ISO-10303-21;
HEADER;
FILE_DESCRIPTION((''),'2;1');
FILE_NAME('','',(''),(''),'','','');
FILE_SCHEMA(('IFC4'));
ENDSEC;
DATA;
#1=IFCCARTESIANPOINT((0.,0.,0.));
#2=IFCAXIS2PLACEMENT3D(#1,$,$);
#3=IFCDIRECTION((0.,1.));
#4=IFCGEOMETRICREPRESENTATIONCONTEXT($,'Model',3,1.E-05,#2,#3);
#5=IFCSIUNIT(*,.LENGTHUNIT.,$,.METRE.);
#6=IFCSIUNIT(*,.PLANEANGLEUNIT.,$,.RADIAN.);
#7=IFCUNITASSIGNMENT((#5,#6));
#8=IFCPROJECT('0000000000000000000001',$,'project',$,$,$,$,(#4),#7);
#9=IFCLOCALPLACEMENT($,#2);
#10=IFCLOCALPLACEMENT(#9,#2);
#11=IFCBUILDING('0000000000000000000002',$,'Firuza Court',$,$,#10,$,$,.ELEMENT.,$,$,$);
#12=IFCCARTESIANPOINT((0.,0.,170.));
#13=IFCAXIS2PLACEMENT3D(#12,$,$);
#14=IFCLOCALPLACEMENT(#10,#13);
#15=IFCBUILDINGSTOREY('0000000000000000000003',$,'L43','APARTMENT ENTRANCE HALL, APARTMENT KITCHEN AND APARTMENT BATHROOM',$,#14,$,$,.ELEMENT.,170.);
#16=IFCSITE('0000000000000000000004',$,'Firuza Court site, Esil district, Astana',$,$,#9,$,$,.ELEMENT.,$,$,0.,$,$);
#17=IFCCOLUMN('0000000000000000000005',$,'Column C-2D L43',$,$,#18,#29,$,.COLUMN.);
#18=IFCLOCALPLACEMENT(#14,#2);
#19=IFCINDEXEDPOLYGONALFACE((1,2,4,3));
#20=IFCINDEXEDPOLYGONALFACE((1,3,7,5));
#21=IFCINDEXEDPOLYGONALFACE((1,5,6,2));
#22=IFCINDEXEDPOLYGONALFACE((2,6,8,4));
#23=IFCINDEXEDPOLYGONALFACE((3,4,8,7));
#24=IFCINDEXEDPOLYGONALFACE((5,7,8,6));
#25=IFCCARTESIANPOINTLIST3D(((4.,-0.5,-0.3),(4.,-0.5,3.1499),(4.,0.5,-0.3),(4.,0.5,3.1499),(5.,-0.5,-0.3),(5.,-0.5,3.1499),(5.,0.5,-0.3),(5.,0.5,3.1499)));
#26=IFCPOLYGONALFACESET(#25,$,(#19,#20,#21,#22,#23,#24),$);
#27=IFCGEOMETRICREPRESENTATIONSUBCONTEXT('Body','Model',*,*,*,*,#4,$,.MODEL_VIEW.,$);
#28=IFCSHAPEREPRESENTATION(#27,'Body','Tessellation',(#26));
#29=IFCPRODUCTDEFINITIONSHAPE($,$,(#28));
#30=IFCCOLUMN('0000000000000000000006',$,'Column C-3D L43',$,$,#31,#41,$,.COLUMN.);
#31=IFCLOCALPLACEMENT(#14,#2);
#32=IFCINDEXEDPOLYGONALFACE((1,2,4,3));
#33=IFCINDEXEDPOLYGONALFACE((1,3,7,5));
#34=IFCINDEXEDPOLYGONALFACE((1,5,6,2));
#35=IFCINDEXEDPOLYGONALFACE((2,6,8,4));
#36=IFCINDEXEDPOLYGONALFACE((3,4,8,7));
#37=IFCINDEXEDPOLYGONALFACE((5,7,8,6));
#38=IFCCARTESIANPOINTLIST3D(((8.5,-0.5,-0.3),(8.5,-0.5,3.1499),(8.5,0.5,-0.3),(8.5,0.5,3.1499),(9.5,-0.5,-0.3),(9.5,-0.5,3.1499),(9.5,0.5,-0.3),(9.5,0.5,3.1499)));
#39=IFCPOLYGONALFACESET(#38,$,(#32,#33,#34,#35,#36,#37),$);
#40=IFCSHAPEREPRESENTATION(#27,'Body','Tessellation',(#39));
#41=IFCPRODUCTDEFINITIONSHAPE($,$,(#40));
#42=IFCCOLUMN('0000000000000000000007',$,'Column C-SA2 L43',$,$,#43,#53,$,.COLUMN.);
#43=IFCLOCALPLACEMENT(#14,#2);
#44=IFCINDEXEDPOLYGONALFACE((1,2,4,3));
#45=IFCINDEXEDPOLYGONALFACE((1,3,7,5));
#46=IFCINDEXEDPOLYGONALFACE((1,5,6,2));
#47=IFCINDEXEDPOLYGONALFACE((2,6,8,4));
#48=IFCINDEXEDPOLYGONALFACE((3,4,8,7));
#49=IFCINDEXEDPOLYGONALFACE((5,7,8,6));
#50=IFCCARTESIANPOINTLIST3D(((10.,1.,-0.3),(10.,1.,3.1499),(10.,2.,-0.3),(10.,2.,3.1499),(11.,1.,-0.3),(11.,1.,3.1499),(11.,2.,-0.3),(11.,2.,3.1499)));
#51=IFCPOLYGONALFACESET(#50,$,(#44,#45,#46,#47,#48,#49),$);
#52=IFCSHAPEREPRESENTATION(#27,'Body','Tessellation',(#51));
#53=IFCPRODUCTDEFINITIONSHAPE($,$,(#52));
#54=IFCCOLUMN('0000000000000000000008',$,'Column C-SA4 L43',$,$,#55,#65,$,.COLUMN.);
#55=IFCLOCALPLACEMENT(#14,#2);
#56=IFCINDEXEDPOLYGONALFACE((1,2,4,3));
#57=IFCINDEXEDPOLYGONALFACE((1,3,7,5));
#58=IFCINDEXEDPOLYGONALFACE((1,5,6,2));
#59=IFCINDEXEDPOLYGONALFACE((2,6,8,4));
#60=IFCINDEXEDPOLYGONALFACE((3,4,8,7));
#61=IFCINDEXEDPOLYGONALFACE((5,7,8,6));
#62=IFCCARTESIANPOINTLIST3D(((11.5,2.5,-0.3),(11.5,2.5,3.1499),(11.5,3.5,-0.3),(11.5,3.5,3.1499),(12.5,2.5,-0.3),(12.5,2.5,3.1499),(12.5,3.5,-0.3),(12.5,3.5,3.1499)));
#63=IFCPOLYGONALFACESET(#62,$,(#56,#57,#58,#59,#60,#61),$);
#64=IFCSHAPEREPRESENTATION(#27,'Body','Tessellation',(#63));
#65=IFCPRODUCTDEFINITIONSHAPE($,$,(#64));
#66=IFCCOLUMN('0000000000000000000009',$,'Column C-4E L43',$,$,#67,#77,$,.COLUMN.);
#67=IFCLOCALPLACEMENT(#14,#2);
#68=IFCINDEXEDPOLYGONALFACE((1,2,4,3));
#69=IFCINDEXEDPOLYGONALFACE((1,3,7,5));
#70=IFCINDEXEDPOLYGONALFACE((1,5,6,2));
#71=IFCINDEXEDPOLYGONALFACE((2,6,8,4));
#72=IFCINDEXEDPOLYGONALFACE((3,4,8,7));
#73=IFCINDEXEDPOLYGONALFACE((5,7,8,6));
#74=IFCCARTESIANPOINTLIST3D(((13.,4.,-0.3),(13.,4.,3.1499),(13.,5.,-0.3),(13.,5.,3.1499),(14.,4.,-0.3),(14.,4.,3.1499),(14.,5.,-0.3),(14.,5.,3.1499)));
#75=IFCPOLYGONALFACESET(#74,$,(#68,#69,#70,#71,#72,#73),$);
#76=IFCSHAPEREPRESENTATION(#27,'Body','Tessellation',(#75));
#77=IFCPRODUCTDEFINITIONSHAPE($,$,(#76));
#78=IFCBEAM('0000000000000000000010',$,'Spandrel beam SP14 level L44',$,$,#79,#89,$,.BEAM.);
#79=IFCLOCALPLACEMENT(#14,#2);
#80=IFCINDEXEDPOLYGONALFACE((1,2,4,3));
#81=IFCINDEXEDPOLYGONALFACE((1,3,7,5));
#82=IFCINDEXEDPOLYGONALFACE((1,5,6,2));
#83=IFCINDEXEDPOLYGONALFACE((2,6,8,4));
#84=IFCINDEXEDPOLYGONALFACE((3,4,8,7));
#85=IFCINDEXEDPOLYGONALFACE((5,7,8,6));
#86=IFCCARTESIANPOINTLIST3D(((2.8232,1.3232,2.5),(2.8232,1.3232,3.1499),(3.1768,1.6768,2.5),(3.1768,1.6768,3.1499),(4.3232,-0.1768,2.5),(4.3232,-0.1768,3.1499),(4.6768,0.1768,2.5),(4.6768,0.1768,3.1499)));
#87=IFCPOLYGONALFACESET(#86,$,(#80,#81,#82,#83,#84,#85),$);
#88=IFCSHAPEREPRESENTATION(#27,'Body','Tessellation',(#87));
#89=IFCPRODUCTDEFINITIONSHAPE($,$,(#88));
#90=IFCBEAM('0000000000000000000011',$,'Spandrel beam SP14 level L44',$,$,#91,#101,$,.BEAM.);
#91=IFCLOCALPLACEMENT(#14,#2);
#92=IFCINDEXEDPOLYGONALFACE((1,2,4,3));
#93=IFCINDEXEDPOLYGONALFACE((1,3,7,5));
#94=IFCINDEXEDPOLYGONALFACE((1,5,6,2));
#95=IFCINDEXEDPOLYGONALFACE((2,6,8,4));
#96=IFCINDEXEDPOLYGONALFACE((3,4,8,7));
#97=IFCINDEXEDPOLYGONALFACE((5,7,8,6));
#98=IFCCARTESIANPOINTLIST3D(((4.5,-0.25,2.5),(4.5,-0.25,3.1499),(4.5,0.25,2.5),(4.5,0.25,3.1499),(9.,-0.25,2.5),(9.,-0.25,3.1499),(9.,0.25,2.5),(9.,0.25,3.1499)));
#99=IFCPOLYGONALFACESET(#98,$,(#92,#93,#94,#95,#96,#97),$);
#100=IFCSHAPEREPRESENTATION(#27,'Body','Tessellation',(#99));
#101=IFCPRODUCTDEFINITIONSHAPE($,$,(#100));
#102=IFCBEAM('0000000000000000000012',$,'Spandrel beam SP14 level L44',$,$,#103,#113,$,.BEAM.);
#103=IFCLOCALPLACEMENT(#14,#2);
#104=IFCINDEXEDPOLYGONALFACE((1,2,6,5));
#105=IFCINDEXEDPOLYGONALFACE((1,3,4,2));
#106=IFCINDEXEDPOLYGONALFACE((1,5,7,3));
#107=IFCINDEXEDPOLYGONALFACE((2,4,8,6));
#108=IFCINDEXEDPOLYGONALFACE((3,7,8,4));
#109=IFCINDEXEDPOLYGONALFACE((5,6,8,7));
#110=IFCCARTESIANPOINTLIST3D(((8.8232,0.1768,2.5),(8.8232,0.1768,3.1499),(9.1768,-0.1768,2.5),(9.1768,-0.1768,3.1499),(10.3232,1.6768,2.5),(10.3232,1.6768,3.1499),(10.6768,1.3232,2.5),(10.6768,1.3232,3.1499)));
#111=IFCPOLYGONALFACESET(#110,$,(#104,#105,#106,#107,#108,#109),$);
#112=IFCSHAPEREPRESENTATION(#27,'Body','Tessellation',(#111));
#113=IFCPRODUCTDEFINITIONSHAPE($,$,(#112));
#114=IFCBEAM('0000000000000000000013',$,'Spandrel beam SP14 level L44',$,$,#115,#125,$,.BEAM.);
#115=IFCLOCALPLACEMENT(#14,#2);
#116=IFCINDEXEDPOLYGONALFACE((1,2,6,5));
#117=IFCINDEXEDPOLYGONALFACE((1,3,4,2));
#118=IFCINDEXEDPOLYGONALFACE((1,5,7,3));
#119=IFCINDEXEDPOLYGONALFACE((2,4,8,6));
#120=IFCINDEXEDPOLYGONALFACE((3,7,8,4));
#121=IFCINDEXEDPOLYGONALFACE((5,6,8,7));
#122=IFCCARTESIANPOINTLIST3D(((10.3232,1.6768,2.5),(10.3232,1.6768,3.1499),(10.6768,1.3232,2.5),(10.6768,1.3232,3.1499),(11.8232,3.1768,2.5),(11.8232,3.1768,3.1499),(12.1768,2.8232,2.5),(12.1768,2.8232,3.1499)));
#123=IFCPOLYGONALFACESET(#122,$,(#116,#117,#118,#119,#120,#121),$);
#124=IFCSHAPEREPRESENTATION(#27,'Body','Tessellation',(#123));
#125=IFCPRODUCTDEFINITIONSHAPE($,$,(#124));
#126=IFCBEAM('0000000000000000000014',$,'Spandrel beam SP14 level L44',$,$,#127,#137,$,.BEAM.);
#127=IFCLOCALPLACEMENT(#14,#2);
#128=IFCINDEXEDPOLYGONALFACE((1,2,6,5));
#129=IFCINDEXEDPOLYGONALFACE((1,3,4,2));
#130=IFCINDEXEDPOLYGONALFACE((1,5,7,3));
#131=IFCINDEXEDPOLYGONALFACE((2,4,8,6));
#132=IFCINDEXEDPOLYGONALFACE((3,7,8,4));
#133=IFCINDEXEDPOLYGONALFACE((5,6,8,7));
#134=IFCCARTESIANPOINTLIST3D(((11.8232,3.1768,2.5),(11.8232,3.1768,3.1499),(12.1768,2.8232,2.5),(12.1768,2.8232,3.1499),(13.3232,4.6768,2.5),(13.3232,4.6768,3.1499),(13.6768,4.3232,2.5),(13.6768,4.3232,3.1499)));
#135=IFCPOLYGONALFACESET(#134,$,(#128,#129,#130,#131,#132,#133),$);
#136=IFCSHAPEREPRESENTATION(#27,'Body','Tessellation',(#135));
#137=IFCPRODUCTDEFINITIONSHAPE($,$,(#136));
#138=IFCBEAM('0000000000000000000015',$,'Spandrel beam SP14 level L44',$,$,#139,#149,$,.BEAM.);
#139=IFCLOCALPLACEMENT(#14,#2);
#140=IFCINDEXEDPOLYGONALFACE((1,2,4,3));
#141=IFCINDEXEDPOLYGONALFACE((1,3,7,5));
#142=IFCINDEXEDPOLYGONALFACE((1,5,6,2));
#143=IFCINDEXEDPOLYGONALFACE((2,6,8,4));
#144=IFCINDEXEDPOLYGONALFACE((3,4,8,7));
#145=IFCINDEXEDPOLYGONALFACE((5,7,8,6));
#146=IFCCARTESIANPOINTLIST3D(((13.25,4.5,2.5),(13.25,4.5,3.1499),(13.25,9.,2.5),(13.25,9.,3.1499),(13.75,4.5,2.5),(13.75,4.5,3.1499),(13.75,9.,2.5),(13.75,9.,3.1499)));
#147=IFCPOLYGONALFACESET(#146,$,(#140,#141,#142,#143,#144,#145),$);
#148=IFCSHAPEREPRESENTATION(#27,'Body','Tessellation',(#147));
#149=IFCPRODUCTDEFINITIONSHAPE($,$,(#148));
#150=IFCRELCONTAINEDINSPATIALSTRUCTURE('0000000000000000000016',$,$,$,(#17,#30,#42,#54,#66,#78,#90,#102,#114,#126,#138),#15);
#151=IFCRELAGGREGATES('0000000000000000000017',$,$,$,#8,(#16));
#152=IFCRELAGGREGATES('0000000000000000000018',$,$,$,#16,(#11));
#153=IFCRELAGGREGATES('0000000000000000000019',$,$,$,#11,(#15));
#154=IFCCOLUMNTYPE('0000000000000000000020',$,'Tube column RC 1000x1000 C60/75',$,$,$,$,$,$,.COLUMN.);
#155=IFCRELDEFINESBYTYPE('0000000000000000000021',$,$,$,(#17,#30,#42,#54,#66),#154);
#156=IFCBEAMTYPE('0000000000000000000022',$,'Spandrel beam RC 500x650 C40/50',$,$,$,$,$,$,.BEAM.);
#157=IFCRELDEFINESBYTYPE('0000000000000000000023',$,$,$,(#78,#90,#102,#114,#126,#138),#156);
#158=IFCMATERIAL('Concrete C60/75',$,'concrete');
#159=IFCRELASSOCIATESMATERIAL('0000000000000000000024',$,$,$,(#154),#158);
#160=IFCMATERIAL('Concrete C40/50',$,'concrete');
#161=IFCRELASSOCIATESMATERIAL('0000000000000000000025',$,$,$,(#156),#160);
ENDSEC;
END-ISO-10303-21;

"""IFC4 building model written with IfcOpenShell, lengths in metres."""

from ifc_helpers import new_model, si_unit, direction, frame, origin, origin_2d, place, context, subcontext, project, spatial, rectangle, extrude, material, material_profile, profile_set, type_object, element, save


model = new_model("IFC4")

# Units and contexts
model_context = context("Model", 3, precision=1e-05, world=origin(), true_north=direction((0.0, 1.0)))
body_context = subcontext(model_context, "Body", "Model", "MODEL_VIEW")
ifc_project = project(units=[si_unit("LENGTHUNIT", "METRE"), si_unit("PLANEANGLEUNIT", "RADIAN")], contexts=[model_context])

# Site, building, storey
site_placement = place(None, origin())
site = spatial("IfcSite", under=ifc_project, at=site_placement, Name="Firuza Court site, Esil district, Astana", CompositionType="ELEMENT", RefElevation=0.0)
building_placement = place(site_placement, origin())
building = spatial("IfcBuilding", under=site, at=building_placement, Name="Firuza Court", CompositionType="ELEMENT")
storey_placement = place(building_placement, frame((0.0, 0.0, 170.0)))
storey = spatial("IfcBuildingStorey", under=building, at=storey_placement, Name="L43", Description="APARTMENT ENTRANCE HALL, APARTMENT KITCHEN AND APARTMENT BATHROOM", CompositionType="ELEMENT", Elevation=170.0)

# Columns
ifc_material_1 = material(Name="Concrete C60/75", Category="concrete")
ifc_material_profile_1 = material_profile(ifc_material_1, rectangle(XDim=1.0, YDim=1.0, at=origin_2d()), Name="RC 1000x1000")
ifc_profile_set_1 = profile_set([ifc_material_profile_1], Name="Concrete C60/75")
column_type = type_object("IfcColumnType", Name="Tube column RC 1000x1000 C60/75", PredefinedType="COLUMN", material=ifc_profile_set_1)
for number, where, z_axis, x_axis, name in (
    (1, (4.5, 0.0, -0.3), (0.0, 0.0, 1.0), (1.0, 0.0, 0.0), "Column C-2D L43"),
    (2, (9.0, 0.0, -0.3), (0.0, 0.0, 1.0), (1.0, 0.0, 0.0), "Column C-3D L43"),
    (3, (10.5, 1.5, -0.3), (0.0, 0.0, 1.0), (1.0, 0.0, 0.0), "Column C-SA2 L43"),
    (4, (12.0, 3.0, -0.3), (0.0, 0.0, 1.0), (1.0, 0.0, 0.0), "Column C-SA4 L43"),
    (5, (13.5, 4.5, -0.3), (0.0, 0.0, 1.0), (1.0, 0.0, 0.0), "Column C-4E L43"),
):
    element("IfcColumn", number, at=place(storey_placement, frame(where, z_axis=z_axis, x_axis=x_axis)), inside=storey, type_object=column_type, Name=name, PredefinedType="COLUMN", context=body_context, shape_type="SweptSolid", body=[
        extrude(rectangle(XDim=1.0, YDim=1.0, at=origin_2d()), origin(), (0.0, 0.0, 1.0), 3.45),
    ])

# Beams
ifc_material_2 = material(Name="Concrete C40/50", Category="concrete")
ifc_material_profile_2 = material_profile(ifc_material_2, rectangle(XDim=0.5, YDim=0.6499, at=origin_2d()), Name="RC 500x650")
ifc_profile_set_2 = profile_set([ifc_material_profile_2], Name="Concrete C40/50")
beam_type = type_object("IfcBeamType", Name="Spandrel beam RC 500x650 C40/50", PredefinedType="BEAM", material=ifc_profile_set_2)
beam_1_placement = place(storey_placement, frame((3.0, 1.5, 2.825), z_axis=(0.707107, -0.707107, 0.0), x_axis=(0.707107, 0.707107, 0.0)))
element("IfcBeam", 6, at=beam_1_placement, inside=storey, type_object=beam_type, Name="Spandrel beam SP14 level L44", PredefinedType="BEAM", context=body_context, shape_type="SweptSolid", body=[
    extrude(rectangle(XDim=0.5, YDim=0.6499, at=origin_2d()), origin(), (0.0, 0.0, 1.0), 2.1213),
])
beam_2_placement = place(storey_placement, frame((4.5, 0.0, 2.825), z_axis=(1.0, 0.0, 0.0), x_axis=(0.0, 1.0, 0.0)))
element("IfcBeam", 7, at=beam_2_placement, inside=storey, type_object=beam_type, Name="Spandrel beam SP14 level L44", PredefinedType="BEAM", context=body_context, shape_type="SweptSolid", body=[
    extrude(rectangle(XDim=0.5, YDim=0.6499, at=origin_2d()), origin(), (0.0, 0.0, 1.0), 4.5),
])
for number, where, z_axis, x_axis, name in (
    (8, (9.0, 0.0, 2.825), (0.707107, 0.707107, 0.0), (-0.707107, 0.707107, 0.0), "Spandrel beam SP14 level L44"),
    (9, (10.5, 1.5, 2.825), (0.707107, 0.707107, 0.0), (-0.707107, 0.707107, 0.0), "Spandrel beam SP14 level L44"),
    (10, (12.0, 3.0, 2.825), (0.707107, 0.707107, 0.0), (-0.707107, 0.707107, 0.0), "Spandrel beam SP14 level L44"),
):
    element("IfcBeam", number, at=place(storey_placement, frame(where, z_axis=z_axis, x_axis=x_axis)), inside=storey, type_object=beam_type, Name=name, PredefinedType="BEAM", context=body_context, shape_type="SweptSolid", body=[
        extrude(rectangle(XDim=0.5, YDim=0.6499, at=origin_2d()), origin(), (0.0, 0.0, 1.0), 2.1213),
    ])
beam_3_placement = place(storey_placement, frame((13.5, 4.5, 2.825), z_axis=(0.0, 1.0, 0.0), x_axis=(-1.0, 0.0, 0.0)))
element("IfcBeam", 11, at=beam_3_placement, inside=storey, type_object=beam_type, Name="Spandrel beam SP14 level L44", PredefinedType="BEAM", context=body_context, shape_type="SweptSolid", body=[
    extrude(rectangle(XDim=0.5, YDim=0.6499, at=origin_2d()), origin(), (0.0, 0.0, 1.0), 4.5),
])

save(model, "model.ifc")
